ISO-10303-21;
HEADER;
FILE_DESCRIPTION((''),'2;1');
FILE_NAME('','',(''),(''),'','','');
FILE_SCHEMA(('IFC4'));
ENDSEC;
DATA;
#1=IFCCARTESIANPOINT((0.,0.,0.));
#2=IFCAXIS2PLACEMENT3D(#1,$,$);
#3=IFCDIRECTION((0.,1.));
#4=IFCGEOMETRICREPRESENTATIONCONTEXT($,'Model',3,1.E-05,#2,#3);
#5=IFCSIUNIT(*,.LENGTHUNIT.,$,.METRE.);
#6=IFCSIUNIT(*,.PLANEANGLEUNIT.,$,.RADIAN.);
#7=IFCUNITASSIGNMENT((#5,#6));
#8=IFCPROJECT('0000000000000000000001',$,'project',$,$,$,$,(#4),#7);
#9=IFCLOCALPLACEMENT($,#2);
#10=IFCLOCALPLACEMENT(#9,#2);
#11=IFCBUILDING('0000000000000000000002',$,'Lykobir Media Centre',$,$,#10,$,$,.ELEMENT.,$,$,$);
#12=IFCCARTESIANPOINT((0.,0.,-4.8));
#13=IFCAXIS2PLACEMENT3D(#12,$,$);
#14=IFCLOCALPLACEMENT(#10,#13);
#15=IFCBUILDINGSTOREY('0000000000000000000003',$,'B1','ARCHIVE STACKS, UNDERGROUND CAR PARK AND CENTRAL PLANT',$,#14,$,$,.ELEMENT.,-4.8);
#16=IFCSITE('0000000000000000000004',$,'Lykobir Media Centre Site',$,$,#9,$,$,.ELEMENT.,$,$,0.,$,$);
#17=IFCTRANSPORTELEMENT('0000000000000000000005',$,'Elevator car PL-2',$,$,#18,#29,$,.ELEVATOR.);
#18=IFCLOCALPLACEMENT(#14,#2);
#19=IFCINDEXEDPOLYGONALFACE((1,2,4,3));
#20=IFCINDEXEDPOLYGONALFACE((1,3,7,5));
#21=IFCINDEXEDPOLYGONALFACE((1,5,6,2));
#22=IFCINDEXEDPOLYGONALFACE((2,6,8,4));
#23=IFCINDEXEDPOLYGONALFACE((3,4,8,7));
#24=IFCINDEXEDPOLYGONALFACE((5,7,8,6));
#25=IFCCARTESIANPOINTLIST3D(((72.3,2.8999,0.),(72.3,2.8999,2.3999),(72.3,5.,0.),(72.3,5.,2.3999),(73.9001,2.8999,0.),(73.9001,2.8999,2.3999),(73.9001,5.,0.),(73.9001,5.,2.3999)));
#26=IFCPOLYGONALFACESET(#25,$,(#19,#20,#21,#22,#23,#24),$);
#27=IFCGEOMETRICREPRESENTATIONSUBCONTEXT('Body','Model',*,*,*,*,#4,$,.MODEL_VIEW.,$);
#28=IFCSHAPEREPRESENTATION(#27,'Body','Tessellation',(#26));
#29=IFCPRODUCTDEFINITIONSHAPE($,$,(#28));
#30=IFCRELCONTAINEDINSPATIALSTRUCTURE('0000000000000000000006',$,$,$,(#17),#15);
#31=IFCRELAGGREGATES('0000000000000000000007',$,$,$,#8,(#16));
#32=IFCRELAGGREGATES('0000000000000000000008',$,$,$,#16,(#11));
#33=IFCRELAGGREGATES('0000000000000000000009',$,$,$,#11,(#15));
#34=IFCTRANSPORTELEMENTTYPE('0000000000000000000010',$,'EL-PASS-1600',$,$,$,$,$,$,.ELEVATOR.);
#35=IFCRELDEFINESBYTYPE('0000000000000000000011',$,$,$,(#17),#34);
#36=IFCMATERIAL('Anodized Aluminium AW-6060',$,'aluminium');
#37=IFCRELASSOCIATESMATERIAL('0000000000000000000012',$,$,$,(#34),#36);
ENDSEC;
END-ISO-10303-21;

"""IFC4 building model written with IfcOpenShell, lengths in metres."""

from ifc_helpers import new_model, si_unit, direction, frame, origin, origin_2d, place, context, subcontext, project, spatial, rectangle, extrude, material, type_object, element, save


model = new_model("IFC4")

# Units and contexts
model_context = context("Model", 3, precision=1e-05, world=origin(), true_north=direction((0.0, 1.0)))
body_context = subcontext(model_context, "Body", "Model", "MODEL_VIEW")
ifc_project = project(units=[si_unit("LENGTHUNIT", "METRE"), si_unit("PLANEANGLEUNIT", "RADIAN")], contexts=[model_context])

# Site, building, storey
site_placement = place(None, origin())
site = spatial("IfcSite", under=ifc_project, at=site_placement, Name="Lykobir Media Centre Site", CompositionType="ELEMENT", RefElevation=0.0)
building_placement = place(site_placement, origin())
building = spatial("IfcBuilding", under=site, at=building_placement, Name="Lykobir Media Centre", CompositionType="ELEMENT")
storey_placement = place(building_placement, frame((0.0, 0.0, -4.8)))
storey = spatial("IfcBuildingStorey", under=building, at=storey_placement, Name="B1", Description="ARCHIVE STACKS, UNDERGROUND CAR PARK AND CENTRAL PLANT", CompositionType="ELEMENT", Elevation=-4.8)

# Transport element
ifc_material_1 = material(Name="Anodized Aluminium AW-6060", Category="aluminium")
transport_element_type_1 = type_object("IfcTransportElementType", Name="EL-PASS-1600", PredefinedType="ELEVATOR", material=ifc_material_1)
transport_element_1_placement = place(storey_placement, frame((73.1001, 3.95, 0.0), z_axis=(0.0, 0.0, 1.0), x_axis=(1.0, 0.0, 0.0)))
element("IfcTransportElement", 1, at=transport_element_1_placement, inside=storey, type_object=transport_element_type_1, Name="Elevator car PL-2", PredefinedType="ELEVATOR", context=body_context, shape_type="SweptSolid", body=[
    extrude(rectangle(XDim=1.6001, YDim=2.1001, at=origin_2d()), origin(), (0.0, 0.0, 1.0), 2.3999),
])

save(model, "model.ifc")
